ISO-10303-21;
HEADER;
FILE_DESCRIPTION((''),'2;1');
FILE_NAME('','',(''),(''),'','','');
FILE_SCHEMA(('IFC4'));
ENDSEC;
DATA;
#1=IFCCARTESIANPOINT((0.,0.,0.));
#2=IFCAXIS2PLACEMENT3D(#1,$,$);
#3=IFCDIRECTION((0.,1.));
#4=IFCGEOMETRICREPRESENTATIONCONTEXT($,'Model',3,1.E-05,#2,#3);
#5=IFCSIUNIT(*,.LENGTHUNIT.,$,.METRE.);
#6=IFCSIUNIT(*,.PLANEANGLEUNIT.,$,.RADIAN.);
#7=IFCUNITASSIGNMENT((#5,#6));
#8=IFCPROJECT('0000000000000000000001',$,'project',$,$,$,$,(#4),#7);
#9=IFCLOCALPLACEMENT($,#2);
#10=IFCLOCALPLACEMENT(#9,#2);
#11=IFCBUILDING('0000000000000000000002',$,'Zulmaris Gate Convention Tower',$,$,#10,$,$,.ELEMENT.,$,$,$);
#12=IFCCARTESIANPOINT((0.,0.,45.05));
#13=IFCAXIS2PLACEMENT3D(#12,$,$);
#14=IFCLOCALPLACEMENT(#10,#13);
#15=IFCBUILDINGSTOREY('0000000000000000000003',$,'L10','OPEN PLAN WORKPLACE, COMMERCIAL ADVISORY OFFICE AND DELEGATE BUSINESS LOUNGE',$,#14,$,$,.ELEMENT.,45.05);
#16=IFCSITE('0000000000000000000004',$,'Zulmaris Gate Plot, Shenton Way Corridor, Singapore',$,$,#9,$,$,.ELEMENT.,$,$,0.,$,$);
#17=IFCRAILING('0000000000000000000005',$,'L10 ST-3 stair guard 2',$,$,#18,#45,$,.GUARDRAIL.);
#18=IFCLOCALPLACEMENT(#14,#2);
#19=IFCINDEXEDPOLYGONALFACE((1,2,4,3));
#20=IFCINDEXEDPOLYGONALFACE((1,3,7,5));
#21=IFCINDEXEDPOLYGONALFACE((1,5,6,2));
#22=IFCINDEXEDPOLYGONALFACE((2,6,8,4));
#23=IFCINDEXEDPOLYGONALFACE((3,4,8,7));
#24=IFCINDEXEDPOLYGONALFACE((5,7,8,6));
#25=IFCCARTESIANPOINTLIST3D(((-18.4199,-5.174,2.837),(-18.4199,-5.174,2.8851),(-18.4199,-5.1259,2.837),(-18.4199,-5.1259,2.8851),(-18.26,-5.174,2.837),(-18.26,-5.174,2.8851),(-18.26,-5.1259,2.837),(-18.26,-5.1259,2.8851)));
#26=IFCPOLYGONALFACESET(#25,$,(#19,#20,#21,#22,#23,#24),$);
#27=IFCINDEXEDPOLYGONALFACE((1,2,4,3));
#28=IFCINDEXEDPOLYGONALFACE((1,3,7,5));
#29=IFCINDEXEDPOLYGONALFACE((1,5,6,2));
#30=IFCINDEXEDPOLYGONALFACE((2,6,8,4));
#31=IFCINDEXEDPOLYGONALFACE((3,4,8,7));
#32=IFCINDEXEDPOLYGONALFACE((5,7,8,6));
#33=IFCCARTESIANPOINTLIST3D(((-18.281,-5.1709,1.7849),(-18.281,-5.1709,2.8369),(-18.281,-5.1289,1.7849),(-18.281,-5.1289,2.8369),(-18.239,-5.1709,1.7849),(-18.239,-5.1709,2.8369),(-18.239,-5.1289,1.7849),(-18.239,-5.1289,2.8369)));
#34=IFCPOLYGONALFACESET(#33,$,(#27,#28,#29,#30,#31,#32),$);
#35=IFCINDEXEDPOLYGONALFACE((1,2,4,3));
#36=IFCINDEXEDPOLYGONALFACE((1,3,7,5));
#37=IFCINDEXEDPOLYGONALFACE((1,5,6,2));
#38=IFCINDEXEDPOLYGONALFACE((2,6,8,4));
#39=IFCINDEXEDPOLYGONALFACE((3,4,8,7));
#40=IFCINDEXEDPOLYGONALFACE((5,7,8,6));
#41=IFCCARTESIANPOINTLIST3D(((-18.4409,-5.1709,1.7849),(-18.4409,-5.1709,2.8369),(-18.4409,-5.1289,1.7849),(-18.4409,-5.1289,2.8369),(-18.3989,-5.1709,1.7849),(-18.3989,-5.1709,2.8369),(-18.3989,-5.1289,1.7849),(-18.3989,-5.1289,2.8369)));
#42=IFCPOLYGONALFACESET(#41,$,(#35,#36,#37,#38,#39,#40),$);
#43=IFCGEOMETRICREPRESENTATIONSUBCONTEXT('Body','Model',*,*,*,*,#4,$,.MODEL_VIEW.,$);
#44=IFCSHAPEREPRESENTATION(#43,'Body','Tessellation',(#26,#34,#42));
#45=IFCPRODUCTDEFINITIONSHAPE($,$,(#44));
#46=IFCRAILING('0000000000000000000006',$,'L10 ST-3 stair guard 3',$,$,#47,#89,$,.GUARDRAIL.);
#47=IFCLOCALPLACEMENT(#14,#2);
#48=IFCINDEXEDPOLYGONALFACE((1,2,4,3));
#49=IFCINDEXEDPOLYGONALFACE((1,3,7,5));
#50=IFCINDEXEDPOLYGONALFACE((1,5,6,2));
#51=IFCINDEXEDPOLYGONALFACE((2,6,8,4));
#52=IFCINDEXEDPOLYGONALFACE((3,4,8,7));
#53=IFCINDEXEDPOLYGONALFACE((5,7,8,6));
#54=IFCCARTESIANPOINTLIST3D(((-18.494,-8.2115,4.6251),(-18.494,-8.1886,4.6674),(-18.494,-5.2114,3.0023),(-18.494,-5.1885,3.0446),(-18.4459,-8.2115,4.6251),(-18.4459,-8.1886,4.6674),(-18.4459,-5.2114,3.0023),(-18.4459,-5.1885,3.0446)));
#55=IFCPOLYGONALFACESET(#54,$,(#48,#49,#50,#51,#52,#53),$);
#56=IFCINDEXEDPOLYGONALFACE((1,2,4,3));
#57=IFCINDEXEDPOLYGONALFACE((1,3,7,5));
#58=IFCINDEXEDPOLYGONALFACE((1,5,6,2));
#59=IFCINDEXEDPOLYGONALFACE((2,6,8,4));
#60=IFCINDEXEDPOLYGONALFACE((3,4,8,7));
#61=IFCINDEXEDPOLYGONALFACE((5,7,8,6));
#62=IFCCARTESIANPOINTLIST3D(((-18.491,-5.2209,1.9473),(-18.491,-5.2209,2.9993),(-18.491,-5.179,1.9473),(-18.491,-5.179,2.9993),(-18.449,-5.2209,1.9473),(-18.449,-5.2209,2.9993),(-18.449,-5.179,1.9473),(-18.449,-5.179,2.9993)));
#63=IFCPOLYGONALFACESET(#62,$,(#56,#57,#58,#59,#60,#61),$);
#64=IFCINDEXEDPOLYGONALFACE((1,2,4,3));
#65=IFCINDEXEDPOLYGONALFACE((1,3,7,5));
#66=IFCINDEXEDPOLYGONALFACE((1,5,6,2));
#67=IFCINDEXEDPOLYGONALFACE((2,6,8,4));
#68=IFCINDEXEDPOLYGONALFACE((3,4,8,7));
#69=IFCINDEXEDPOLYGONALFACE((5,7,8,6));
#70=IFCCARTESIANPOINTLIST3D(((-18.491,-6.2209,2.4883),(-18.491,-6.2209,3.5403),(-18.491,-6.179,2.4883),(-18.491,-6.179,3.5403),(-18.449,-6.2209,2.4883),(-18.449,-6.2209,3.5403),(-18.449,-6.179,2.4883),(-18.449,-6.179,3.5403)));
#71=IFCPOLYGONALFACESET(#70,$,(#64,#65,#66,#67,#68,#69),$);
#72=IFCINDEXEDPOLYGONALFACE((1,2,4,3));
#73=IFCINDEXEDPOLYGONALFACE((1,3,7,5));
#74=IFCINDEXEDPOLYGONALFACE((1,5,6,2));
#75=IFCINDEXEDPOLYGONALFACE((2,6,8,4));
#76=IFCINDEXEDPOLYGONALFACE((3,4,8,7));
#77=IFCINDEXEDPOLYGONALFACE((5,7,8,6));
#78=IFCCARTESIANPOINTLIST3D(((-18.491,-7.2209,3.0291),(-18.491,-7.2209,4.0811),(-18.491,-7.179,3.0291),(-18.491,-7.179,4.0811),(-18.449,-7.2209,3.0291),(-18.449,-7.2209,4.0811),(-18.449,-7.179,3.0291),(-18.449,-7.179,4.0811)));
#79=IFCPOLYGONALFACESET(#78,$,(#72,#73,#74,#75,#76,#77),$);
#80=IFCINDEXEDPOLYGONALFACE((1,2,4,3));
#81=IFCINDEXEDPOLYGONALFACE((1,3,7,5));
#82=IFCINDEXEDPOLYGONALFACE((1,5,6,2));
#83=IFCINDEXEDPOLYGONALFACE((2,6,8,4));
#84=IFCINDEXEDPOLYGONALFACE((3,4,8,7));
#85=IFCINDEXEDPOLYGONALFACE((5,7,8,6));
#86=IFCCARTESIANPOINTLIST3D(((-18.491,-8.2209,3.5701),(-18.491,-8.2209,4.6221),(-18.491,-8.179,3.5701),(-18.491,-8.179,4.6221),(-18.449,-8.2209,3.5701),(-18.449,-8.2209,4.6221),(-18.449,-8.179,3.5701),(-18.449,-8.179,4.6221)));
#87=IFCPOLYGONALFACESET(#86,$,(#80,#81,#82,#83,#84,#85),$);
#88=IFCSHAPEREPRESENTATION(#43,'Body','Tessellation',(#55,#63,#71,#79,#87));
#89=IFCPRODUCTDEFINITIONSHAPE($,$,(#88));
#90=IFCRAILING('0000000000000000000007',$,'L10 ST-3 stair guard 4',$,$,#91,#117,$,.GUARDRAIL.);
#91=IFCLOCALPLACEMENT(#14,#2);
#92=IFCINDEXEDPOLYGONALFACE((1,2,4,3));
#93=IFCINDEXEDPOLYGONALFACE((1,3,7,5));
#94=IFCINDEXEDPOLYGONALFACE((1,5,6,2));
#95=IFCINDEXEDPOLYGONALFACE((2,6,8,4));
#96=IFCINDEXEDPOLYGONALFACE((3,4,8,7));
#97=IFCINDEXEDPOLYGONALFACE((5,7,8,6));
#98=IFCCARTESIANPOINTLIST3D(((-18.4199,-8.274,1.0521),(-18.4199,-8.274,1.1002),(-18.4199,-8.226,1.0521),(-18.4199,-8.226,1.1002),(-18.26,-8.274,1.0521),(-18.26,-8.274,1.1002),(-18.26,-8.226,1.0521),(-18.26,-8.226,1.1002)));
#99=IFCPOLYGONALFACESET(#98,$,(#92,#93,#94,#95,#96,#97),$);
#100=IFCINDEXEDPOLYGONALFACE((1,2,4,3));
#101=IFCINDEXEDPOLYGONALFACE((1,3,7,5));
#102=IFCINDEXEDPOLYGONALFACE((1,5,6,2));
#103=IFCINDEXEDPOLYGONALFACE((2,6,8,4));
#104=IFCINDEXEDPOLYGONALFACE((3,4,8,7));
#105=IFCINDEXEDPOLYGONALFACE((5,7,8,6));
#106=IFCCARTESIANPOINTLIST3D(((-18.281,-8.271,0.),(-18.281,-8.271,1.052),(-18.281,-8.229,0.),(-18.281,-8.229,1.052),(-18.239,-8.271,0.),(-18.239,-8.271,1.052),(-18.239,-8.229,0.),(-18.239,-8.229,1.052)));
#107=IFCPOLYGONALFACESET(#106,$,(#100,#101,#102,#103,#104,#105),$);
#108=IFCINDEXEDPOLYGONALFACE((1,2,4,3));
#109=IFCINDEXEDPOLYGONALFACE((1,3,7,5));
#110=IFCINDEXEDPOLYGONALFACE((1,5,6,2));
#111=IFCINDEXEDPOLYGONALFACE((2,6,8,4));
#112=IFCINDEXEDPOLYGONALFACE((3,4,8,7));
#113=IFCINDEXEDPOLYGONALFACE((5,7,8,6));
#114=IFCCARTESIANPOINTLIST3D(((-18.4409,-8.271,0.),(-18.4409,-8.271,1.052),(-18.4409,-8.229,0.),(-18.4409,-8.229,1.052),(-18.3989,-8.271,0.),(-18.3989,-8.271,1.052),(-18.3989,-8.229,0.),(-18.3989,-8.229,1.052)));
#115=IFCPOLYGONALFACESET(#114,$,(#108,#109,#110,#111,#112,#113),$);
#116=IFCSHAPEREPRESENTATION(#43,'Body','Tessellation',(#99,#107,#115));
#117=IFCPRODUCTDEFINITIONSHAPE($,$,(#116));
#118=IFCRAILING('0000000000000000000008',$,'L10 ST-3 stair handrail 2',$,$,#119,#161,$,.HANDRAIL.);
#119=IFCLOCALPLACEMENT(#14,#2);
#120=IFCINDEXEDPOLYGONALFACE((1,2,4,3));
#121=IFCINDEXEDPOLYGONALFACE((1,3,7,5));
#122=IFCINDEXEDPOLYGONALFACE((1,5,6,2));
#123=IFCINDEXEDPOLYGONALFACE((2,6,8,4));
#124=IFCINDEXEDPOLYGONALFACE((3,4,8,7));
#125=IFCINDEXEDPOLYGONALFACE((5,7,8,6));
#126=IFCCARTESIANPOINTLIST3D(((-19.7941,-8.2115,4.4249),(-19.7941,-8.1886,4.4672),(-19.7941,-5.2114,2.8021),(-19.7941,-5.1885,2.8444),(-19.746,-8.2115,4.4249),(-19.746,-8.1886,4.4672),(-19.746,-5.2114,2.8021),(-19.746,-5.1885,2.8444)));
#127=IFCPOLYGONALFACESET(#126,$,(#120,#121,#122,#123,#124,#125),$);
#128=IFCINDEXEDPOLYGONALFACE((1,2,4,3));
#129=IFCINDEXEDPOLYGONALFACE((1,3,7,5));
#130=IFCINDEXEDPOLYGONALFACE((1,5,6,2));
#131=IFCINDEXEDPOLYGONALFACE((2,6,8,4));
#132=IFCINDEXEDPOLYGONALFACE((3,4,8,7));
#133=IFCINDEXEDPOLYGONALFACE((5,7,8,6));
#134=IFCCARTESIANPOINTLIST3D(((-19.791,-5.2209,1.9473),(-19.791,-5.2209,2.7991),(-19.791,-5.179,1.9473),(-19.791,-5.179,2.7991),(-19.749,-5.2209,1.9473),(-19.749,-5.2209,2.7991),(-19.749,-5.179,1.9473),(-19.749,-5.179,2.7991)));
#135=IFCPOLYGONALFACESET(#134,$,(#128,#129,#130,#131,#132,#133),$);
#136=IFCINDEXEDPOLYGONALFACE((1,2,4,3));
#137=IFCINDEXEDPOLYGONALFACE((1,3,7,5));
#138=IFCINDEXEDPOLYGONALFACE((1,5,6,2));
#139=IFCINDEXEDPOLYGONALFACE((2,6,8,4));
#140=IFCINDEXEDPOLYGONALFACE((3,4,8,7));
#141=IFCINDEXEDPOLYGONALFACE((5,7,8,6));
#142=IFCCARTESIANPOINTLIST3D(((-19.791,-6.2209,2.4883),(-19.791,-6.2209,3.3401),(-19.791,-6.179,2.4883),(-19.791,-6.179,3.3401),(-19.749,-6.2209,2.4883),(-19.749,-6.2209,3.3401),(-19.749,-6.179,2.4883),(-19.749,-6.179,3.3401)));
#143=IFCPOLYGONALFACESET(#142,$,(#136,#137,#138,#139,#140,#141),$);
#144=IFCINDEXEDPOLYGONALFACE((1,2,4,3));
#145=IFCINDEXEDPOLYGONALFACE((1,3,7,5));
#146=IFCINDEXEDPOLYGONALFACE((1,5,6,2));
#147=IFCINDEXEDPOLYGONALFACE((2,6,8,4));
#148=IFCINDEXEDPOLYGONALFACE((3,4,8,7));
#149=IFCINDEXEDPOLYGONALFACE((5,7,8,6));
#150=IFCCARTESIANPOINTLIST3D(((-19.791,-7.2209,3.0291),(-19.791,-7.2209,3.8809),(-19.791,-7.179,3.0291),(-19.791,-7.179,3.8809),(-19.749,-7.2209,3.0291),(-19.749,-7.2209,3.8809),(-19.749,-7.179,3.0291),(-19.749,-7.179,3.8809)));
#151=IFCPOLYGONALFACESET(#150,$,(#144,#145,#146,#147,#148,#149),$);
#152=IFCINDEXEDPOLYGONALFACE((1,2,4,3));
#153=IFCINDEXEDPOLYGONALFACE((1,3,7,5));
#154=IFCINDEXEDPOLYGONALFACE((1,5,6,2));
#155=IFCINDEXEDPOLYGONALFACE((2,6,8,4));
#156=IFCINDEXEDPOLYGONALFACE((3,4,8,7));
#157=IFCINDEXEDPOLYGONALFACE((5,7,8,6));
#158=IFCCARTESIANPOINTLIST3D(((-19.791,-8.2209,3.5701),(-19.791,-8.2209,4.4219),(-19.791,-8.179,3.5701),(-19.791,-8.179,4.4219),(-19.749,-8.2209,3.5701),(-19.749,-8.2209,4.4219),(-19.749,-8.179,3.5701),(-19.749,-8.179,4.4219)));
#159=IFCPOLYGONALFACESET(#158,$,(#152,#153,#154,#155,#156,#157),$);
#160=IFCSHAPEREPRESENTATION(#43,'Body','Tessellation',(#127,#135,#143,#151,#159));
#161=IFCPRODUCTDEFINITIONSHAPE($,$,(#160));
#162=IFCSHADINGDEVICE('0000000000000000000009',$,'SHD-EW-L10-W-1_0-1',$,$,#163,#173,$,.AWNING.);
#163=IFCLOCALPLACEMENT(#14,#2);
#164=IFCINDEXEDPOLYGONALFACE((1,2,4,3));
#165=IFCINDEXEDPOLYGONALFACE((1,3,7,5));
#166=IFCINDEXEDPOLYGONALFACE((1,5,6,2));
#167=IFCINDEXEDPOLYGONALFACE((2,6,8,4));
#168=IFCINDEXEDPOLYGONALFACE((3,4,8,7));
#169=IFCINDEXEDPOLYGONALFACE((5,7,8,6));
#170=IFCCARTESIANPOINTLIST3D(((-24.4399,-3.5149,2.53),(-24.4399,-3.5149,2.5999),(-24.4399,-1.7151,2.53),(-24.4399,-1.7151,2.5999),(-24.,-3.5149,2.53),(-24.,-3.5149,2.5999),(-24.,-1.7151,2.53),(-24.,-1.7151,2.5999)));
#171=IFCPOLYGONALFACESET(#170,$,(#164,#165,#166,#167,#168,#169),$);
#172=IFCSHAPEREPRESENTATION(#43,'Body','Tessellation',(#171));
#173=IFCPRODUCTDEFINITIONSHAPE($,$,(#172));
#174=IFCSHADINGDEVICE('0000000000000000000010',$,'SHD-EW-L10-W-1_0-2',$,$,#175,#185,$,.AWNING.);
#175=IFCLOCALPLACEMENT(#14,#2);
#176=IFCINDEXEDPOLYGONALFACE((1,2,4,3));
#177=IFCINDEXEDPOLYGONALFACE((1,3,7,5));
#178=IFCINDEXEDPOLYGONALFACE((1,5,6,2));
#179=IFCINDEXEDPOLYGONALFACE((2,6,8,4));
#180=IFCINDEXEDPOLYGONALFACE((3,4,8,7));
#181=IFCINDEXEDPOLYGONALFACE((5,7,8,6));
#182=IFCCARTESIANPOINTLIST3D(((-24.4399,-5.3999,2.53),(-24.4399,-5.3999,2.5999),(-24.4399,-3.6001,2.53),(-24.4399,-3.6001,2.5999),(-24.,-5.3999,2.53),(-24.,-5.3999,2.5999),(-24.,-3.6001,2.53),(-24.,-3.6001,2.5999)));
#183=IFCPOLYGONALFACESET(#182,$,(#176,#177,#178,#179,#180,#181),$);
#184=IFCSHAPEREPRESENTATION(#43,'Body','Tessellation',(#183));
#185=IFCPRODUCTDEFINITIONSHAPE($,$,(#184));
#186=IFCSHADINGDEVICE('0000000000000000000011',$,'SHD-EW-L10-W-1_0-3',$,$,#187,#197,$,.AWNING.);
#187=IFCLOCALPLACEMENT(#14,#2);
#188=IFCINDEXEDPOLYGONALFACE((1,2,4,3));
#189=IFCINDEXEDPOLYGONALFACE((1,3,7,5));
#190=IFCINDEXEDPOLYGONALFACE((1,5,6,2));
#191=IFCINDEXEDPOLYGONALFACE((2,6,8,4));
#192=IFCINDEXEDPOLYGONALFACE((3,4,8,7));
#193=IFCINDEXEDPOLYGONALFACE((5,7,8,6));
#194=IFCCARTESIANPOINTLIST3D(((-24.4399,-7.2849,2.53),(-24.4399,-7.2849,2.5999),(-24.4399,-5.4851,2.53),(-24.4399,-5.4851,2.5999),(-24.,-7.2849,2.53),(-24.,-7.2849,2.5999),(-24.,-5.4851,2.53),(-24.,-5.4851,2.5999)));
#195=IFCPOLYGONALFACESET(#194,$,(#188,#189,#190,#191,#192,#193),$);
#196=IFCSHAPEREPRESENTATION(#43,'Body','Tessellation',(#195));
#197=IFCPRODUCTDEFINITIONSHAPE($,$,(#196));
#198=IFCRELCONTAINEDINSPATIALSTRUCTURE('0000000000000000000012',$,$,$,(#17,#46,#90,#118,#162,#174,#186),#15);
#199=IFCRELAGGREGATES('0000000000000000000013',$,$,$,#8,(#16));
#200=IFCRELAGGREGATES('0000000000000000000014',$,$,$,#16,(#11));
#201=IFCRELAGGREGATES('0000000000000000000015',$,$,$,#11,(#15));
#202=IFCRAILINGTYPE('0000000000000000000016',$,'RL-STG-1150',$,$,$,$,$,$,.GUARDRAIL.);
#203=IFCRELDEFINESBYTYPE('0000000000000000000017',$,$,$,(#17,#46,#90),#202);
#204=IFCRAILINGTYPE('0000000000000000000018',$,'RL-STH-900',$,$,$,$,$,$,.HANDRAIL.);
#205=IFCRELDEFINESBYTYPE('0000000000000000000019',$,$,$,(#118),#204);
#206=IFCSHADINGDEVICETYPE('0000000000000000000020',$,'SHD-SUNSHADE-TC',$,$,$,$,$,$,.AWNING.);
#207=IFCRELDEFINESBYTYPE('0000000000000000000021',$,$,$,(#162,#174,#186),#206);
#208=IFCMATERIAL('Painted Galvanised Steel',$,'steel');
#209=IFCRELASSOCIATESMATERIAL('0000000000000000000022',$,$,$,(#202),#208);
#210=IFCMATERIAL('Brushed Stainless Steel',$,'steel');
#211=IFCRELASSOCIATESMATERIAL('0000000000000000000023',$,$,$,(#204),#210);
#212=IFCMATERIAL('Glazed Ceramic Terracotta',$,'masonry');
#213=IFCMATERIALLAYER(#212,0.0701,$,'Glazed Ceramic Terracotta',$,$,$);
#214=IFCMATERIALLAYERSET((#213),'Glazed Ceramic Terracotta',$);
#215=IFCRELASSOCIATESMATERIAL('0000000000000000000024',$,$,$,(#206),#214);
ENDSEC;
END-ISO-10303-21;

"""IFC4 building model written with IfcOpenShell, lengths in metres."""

from ifc_helpers import new_model, si_unit, direction, frame, frame_2d, origin, origin_2d, place, context, subcontext, project, spatial, rectangle, extrude, material, layer, layer_set, type_object, element, save


model = new_model("IFC4")

# Units and contexts
model_context = context("Model", 3, precision=1e-05, world=origin(), true_north=direction((0.0, 1.0)))
body_context = subcontext(model_context, "Body", "Model", "MODEL_VIEW")
ifc_project = project(units=[si_unit("LENGTHUNIT", "METRE"), si_unit("PLANEANGLEUNIT", "RADIAN")], contexts=[model_context])

# Site, building, storey
site_placement = place(None, origin())
site = spatial("IfcSite", under=ifc_project, at=site_placement, Name="Zulmaris Gate Plot, Shenton Way Corridor, Singapore", CompositionType="ELEMENT", RefElevation=0.0)
building_placement = place(site_placement, origin())
building = spatial("IfcBuilding", under=site, at=building_placement, Name="Zulmaris Gate Convention Tower", CompositionType="ELEMENT")
storey_placement = place(building_placement, frame((0.0, 0.0, 45.05)))
storey = spatial("IfcBuildingStorey", under=building, at=storey_placement, Name="L10", Description="OPEN PLAN WORKPLACE, COMMERCIAL ADVISORY OFFICE AND DELEGATE BUSINESS LOUNGE", CompositionType="ELEMENT", Elevation=45.05)

# Railings
ifc_material_1 = material(Name="Painted Galvanised Steel", Category="steel")
railing_type_1 = type_object("IfcRailingType", Name="RL-STG-1150", PredefinedType="GUARDRAIL", material=ifc_material_1)
railing_1_placement = place(storey_placement, frame((-18.26, -5.1499, 1.7849)))
element("IfcRailing", 1, at=railing_1_placement, inside=storey, type_object=railing_type_1, Name="L10 ST-3 stair guard 2", PredefinedType="GUARDRAIL", context=body_context, shape_type="SweptSolid", body=[
    extrude(rectangle(XDim=0.0481, YDim=0.0481, at=origin_2d()), frame((0.0, 0.0, 1.0762), z_axis=(-1.0, 0.0, 0.0), x_axis=(0.0, -1.0, 0.0)), (0.0, 0.0, 1.0), 0.1599),
    extrude(rectangle(XDim=0.042, YDim=0.042, at=origin_2d()), origin(), (0.0, 0.0, 1.0), 1.052),
    extrude(rectangle(XDim=0.042, YDim=0.042, at=origin_2d()), frame((-0.1599, 0.0, 0.0)), (0.0, 0.0, 1.0), 1.052),
])
railing_2_placement = place(storey_placement, frame((-18.47, -5.2, 1.9473)))
element("IfcRailing", 2, at=railing_2_placement, inside=storey, type_object=railing_type_1, Name="L10 ST-3 stair guard 3", PredefinedType="GUARDRAIL", context=body_context, shape_type="SweptSolid", body=[
    extrude(rectangle(XDim=0.0481, YDim=0.0481, at=origin_2d()), frame((0.0, 0.0, 1.0762), z_axis=(0.0, -0.879562, 0.475785), x_axis=(1.0, 0.0, 0.0)), (0.0, 0.0, 1.0), 3.4109),
    extrude(rectangle(XDim=0.042, YDim=0.042, at=origin_2d()), origin(), (0.0, 0.0, 1.0), 1.052),
    extrude(rectangle(XDim=0.042, YDim=0.042, at=origin_2d()), frame((0.0, -1.0, 0.541)), (0.0, 0.0, 1.0), 1.052),
    extrude(rectangle(XDim=0.042, YDim=0.042, at=origin_2d()), frame((0.0, -2.0, 1.0818)), (0.0, 0.0, 1.0), 1.052),
    extrude(rectangle(XDim=0.042, YDim=0.042, at=origin_2d()), frame((0.0, -3.0, 1.6228)), (0.0, 0.0, 1.0), 1.052),
])
railing_3_placement = place(storey_placement, frame((-18.26, -8.25, 0.0)))
element("IfcRailing", 3, at=railing_3_placement, inside=storey, type_object=railing_type_1, Name="L10 ST-3 stair guard 4", PredefinedType="GUARDRAIL", context=body_context, shape_type="SweptSolid", body=[
    extrude(rectangle(XDim=0.0481, YDim=0.0481, at=origin_2d()), frame((0.0, 0.0, 1.0762), z_axis=(-1.0, 0.0, 0.0), x_axis=(0.0, -1.0, 0.0)), (0.0, 0.0, 1.0), 0.1599),
    extrude(rectangle(XDim=0.042, YDim=0.042, at=origin_2d()), origin(), (0.0, 0.0, 1.0), 1.052),
    extrude(rectangle(XDim=0.042, YDim=0.042, at=origin_2d()), frame((-0.1599, 0.0, 0.0)), (0.0, 0.0, 1.0), 1.052),
])
ifc_material_2 = material(Name="Brushed Stainless Steel", Category="steel")
railing_type_2 = type_object("IfcRailingType", Name="RL-STH-900", PredefinedType="HANDRAIL", material=ifc_material_2)
railing_4_placement = place(storey_placement, frame((-19.77, -5.2, 1.9473)))
element("IfcRailing", 4, at=railing_4_placement, inside=storey, type_object=railing_type_2, Name="L10 ST-3 stair handrail 2", PredefinedType="HANDRAIL", context=body_context, shape_type="SweptSolid", body=[
    extrude(rectangle(XDim=0.0481, YDim=0.0481, at=origin_2d()), frame((0.0, 0.0, 0.876), z_axis=(0.0, -0.879562, 0.475785), x_axis=(1.0, 0.0, 0.0)), (0.0, 0.0, 1.0), 3.4109),
    extrude(rectangle(XDim=0.042, YDim=0.042, at=origin_2d()), origin(), (0.0, 0.0, 1.0), 0.8518),
    extrude(rectangle(XDim=0.042, YDim=0.042, at=origin_2d()), frame((0.0, -1.0, 0.541)), (0.0, 0.0, 1.0), 0.8518),
    extrude(rectangle(XDim=0.042, YDim=0.042, at=origin_2d()), frame((0.0, -2.0, 1.0818)), (0.0, 0.0, 1.0), 0.8518),
    extrude(rectangle(XDim=0.042, YDim=0.042, at=origin_2d()), frame((0.0, -3.0, 1.6228)), (0.0, 0.0, 1.0), 0.8518),
])

# Shading devices
ifc_material_3 = material(Name="Glazed Ceramic Terracotta", Category="masonry")
ifc_layer_1 = layer(ifc_material_3, 0.0701, Name="Glazed Ceramic Terracotta")
ifc_layer_set_1 = layer_set([ifc_layer_1], Name="Glazed Ceramic Terracotta")
shading_device_type = type_object("IfcShadingDeviceType", Name="SHD-SUNSHADE-TC", PredefinedType="AWNING", material=ifc_layer_set_1)
for number, where, z_axis, x_axis, name in (
    (5, (-24.22, -1.7151, 2.53), (0.0, 0.0, 1.0), (0.0, -1.0, 0.0), "SHD-EW-L10-W-1_0-1"),
    (6, (-24.22, -3.6001, 2.53), (0.0, 0.0, 1.0), (0.0, -1.0, 0.0), "SHD-EW-L10-W-1_0-2"),
    (7, (-24.22, -5.4851, 2.53), (0.0, 0.0, 1.0), (0.0, -1.0, 0.0), "SHD-EW-L10-W-1_0-3"),
):
    element("IfcShadingDevice", number, at=place(storey_placement, frame(where, z_axis=z_axis, x_axis=x_axis)), inside=storey, type_object=shading_device_type, Name=name, PredefinedType="AWNING", context=body_context, shape_type="SweptSolid", body=[
        extrude(rectangle(XDim=1.7998, YDim=0.4399, at=frame_2d((0.8999, 0.0))), origin(), (0.0, 0.0, 1.0), 0.0698),
    ])

save(model, "model.ifc")
